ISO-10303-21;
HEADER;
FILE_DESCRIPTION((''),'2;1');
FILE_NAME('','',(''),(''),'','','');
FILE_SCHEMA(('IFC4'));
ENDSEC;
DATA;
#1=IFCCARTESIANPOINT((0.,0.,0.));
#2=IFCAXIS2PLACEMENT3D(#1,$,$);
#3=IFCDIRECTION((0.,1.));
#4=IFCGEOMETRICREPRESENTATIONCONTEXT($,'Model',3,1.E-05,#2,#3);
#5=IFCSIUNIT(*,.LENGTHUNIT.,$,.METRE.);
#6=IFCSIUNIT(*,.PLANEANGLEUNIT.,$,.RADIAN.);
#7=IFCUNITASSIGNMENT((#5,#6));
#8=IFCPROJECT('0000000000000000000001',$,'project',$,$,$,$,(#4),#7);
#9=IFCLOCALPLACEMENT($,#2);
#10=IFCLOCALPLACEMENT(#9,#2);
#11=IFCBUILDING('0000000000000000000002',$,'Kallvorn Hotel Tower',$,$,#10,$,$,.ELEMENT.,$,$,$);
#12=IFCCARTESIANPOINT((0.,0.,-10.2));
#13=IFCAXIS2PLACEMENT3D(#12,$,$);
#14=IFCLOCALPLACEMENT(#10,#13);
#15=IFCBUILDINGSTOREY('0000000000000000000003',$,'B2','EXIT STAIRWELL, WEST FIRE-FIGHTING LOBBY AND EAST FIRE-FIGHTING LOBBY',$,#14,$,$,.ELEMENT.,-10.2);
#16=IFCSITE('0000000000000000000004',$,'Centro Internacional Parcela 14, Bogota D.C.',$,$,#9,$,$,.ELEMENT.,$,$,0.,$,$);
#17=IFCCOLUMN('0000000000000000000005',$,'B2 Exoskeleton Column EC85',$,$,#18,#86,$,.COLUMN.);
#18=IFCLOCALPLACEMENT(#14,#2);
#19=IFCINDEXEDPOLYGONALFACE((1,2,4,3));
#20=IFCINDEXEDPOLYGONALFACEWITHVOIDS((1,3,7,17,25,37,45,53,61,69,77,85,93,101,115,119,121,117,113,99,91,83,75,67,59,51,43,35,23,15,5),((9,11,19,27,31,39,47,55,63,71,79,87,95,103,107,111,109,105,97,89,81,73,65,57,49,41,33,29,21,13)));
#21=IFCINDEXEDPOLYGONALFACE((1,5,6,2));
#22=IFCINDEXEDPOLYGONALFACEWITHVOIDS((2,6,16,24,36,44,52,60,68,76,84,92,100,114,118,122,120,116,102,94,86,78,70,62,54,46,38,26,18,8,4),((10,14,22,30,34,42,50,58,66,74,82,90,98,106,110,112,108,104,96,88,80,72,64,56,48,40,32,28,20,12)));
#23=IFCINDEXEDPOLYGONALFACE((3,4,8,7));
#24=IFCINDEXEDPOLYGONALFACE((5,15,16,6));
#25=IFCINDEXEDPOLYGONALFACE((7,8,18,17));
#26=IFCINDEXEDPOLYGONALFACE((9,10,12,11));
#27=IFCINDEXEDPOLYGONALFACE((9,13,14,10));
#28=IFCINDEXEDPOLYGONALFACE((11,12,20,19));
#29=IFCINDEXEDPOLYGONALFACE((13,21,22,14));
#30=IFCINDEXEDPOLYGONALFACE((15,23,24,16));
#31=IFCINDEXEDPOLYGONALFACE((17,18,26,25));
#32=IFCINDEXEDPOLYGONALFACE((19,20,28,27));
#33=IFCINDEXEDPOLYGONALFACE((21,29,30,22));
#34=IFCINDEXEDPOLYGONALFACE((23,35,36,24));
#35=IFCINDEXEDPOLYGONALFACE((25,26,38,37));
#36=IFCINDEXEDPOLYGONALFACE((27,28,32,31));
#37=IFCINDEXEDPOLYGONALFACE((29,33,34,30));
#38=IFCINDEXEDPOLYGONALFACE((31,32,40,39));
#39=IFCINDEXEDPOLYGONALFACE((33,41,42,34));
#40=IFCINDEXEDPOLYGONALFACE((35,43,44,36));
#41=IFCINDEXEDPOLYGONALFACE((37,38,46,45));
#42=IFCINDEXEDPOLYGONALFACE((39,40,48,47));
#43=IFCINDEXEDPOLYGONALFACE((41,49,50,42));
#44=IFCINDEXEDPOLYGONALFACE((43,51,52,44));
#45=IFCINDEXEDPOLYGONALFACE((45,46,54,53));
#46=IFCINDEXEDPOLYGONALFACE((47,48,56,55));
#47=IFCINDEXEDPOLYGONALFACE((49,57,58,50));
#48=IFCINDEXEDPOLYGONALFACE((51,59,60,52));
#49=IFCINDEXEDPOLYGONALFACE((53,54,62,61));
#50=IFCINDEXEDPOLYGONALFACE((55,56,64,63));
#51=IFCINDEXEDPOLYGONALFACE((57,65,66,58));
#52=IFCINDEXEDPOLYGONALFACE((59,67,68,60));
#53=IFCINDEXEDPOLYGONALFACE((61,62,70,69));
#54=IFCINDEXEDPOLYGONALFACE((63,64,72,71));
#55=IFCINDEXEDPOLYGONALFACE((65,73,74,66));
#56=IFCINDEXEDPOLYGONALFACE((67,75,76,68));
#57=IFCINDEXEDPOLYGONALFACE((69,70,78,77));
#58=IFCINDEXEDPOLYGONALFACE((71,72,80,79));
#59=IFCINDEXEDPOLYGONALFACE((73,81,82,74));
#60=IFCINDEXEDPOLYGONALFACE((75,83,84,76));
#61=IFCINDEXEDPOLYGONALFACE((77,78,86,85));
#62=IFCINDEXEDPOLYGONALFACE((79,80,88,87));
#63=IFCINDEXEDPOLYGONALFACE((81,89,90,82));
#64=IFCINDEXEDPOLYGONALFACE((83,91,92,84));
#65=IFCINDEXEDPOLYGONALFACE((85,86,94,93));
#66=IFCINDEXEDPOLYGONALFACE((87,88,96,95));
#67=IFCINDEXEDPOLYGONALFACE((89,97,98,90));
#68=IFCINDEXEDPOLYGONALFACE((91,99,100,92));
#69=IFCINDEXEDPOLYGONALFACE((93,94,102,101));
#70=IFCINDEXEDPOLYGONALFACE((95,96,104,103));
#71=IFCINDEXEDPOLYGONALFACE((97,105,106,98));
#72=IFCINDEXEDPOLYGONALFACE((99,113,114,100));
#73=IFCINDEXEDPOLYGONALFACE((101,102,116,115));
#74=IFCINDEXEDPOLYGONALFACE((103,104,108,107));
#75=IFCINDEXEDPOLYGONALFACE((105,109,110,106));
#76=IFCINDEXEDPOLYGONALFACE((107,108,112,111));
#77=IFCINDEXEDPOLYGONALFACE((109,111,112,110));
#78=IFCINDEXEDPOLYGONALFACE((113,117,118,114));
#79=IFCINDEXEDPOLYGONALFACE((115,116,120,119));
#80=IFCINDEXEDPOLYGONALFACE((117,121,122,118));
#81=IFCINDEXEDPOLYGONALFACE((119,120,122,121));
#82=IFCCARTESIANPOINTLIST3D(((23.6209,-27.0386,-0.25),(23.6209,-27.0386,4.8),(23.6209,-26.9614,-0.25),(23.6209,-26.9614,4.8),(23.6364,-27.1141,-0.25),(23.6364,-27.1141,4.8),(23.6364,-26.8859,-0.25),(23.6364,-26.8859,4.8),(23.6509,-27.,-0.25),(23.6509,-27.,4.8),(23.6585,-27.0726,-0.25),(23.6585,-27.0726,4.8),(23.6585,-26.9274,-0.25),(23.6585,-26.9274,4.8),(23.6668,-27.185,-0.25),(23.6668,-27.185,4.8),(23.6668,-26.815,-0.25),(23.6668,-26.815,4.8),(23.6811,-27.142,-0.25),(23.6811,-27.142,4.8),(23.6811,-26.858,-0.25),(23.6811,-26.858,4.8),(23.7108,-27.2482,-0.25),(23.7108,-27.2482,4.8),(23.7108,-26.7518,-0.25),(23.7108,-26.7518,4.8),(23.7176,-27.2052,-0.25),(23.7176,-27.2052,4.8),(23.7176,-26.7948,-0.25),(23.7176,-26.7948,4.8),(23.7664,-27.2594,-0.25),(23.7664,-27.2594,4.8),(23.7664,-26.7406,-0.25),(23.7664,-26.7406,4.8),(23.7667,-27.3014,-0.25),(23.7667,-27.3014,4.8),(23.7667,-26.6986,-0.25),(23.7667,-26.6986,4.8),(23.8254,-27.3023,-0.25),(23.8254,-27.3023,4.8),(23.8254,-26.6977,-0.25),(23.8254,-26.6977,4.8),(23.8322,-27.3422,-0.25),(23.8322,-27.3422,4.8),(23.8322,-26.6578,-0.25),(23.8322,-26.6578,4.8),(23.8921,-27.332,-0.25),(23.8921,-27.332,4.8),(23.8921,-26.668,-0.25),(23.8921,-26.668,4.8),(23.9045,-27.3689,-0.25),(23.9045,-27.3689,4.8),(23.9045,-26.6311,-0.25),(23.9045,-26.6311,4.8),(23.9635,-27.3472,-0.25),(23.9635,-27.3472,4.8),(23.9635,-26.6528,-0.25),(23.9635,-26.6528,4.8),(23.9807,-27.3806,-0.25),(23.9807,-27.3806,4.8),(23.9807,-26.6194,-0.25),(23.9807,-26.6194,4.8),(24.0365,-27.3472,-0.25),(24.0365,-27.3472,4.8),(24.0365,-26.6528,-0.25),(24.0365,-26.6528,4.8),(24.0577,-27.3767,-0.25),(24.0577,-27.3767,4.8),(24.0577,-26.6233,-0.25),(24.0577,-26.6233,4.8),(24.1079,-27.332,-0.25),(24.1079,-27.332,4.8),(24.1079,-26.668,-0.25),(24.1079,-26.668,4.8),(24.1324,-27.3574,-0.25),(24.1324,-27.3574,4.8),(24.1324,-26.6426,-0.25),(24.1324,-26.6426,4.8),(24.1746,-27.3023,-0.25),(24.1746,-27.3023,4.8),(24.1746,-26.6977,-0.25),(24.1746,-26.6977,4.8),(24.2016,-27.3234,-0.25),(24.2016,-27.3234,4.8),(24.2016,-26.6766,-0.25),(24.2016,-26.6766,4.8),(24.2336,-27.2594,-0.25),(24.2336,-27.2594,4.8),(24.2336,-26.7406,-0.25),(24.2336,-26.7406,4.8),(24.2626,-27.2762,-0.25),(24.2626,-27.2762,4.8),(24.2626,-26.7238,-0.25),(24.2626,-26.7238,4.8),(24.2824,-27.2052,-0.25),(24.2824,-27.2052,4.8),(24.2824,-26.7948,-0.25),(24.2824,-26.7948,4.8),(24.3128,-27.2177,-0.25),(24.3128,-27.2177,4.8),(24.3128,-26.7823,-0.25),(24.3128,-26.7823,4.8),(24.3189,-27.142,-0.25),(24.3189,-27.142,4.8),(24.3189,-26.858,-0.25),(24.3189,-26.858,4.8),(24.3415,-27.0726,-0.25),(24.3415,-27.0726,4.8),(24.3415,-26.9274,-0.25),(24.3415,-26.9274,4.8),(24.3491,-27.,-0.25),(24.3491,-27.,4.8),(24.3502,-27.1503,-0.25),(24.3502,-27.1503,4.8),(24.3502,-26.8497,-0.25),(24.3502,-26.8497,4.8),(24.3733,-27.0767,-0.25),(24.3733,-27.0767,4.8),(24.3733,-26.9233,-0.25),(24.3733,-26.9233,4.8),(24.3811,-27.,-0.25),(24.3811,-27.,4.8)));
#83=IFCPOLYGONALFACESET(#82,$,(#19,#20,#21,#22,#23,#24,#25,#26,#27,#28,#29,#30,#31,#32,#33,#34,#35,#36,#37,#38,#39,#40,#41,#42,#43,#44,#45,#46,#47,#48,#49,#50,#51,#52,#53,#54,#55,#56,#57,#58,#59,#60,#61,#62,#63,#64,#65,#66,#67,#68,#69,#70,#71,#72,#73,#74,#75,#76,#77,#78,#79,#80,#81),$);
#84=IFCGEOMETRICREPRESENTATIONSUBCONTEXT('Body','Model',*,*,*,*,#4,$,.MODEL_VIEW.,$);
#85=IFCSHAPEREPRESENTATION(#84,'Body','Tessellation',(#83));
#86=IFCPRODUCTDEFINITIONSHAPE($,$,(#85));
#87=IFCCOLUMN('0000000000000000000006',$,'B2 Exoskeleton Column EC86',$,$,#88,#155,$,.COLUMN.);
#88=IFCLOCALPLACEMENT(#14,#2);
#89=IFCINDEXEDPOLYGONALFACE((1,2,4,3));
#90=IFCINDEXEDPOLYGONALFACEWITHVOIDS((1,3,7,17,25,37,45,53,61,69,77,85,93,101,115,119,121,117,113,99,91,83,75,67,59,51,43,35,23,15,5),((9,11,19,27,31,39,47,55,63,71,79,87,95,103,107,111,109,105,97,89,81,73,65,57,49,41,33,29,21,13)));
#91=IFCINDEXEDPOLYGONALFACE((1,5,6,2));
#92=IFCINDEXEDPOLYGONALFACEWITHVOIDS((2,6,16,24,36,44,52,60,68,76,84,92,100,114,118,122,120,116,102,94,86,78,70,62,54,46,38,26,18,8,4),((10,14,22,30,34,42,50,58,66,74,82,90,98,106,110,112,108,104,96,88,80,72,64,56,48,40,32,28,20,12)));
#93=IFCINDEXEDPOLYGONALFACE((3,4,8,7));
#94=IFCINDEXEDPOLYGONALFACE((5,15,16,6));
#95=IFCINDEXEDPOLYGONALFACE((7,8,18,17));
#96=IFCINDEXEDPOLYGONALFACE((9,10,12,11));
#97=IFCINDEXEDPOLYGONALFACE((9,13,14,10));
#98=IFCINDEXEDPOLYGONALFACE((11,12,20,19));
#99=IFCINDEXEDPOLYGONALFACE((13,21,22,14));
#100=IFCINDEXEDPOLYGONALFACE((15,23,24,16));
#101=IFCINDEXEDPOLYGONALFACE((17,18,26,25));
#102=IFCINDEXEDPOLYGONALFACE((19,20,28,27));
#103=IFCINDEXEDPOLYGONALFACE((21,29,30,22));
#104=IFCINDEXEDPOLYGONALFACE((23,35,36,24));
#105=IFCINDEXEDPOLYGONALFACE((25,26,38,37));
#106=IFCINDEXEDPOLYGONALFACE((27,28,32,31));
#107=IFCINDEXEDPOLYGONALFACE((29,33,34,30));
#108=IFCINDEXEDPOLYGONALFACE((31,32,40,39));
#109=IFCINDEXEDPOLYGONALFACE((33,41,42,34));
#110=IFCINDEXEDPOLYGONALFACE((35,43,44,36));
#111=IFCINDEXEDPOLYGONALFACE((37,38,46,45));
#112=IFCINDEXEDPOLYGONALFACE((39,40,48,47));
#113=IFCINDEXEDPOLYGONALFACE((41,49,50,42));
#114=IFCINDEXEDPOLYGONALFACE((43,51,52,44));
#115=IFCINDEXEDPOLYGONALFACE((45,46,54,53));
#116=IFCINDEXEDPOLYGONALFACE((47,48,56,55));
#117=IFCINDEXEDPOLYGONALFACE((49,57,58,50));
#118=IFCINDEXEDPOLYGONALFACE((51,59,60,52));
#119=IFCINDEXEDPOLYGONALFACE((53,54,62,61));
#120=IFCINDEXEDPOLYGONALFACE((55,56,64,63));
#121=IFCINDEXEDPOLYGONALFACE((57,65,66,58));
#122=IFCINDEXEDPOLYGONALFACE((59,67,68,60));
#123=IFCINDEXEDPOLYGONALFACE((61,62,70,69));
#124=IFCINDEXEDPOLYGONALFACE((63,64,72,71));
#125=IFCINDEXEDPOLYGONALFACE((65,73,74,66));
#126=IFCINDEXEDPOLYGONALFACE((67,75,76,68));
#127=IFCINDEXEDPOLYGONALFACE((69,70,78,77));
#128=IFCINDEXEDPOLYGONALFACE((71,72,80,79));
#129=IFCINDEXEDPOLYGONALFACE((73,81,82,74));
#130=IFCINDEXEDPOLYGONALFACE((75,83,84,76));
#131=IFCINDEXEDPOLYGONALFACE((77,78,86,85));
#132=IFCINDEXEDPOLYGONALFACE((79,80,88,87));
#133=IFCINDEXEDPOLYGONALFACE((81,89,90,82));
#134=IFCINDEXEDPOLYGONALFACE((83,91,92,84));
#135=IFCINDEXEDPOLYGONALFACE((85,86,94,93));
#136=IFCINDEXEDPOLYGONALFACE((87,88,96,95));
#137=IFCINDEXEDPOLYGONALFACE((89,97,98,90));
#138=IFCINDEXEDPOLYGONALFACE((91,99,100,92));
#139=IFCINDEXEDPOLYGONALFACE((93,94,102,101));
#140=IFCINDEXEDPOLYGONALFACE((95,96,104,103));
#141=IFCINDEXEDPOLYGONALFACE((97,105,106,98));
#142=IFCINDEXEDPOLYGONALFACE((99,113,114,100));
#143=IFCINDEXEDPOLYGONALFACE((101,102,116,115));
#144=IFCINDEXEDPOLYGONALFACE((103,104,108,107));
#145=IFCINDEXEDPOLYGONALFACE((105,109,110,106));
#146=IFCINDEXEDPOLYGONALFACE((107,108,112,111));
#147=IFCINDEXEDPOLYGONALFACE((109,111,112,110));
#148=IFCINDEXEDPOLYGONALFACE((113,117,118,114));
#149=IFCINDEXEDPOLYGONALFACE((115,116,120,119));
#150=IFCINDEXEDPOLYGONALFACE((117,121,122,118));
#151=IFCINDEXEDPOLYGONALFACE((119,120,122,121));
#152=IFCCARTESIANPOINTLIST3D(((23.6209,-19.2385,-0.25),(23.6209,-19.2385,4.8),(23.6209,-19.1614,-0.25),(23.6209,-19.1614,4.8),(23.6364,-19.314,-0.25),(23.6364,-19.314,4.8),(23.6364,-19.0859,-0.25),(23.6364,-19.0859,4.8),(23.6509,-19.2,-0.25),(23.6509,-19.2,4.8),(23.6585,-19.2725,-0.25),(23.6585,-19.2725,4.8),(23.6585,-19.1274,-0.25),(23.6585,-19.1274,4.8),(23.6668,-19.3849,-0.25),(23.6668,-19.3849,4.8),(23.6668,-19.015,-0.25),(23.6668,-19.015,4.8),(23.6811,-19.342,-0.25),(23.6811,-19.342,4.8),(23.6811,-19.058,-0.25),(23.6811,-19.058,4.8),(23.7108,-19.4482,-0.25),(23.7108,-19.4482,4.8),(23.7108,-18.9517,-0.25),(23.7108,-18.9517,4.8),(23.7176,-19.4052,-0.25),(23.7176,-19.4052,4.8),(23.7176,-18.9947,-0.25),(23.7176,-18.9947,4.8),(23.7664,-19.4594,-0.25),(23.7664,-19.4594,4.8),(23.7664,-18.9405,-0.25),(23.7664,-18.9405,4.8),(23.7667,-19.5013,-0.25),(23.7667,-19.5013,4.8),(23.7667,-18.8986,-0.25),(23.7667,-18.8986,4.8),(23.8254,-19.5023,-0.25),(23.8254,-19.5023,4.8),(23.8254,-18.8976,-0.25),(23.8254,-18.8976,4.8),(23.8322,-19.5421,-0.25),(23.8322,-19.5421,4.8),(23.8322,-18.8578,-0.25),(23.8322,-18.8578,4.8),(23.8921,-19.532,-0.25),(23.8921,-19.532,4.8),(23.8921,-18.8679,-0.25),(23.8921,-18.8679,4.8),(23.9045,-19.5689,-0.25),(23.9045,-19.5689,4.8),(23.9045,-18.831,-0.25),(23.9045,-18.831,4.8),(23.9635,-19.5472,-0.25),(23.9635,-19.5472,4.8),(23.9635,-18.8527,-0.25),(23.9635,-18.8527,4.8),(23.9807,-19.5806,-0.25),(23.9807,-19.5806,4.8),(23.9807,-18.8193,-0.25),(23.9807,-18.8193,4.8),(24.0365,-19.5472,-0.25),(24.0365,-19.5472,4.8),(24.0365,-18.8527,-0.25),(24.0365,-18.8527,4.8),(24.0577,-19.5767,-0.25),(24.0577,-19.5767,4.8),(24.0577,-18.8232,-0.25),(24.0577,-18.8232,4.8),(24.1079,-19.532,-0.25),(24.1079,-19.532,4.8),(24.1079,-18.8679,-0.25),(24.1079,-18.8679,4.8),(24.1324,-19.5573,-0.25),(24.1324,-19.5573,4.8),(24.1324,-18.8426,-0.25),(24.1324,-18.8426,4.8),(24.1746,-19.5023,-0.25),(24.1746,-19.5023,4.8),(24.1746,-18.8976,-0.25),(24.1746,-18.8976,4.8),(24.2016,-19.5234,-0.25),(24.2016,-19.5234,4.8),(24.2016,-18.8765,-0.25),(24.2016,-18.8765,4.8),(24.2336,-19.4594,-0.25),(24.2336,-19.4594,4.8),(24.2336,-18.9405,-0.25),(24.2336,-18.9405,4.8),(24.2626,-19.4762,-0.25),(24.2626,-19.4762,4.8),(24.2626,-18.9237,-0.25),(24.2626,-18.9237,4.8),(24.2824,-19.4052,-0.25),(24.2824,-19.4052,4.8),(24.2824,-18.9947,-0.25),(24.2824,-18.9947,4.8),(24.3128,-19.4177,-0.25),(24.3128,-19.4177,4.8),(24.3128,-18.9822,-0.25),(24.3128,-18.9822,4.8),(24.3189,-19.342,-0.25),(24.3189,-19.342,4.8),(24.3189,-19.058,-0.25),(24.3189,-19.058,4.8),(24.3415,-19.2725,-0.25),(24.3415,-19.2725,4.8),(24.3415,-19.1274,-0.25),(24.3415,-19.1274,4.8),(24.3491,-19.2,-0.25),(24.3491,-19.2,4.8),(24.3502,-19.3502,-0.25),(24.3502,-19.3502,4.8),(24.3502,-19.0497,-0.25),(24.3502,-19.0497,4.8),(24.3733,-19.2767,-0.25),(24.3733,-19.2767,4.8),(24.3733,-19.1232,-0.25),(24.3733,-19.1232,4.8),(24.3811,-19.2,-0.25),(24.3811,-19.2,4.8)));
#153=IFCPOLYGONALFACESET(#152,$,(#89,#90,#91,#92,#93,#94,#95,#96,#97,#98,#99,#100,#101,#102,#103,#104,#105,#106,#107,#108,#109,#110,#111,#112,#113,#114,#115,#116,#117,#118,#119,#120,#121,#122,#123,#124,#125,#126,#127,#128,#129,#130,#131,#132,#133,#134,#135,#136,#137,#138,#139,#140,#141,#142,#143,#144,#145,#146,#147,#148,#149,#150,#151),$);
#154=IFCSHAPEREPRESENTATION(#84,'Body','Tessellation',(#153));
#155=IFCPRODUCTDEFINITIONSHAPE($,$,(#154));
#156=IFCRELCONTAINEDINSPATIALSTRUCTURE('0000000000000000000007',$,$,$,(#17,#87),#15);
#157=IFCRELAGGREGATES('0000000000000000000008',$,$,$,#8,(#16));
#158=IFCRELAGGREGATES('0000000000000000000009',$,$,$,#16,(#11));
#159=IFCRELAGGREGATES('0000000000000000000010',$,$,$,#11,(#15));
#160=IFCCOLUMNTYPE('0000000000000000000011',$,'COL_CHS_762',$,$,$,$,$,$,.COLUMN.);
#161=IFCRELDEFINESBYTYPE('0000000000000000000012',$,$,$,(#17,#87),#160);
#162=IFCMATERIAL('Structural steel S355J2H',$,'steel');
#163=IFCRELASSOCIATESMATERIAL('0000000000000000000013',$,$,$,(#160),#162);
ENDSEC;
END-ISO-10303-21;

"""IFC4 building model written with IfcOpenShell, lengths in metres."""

from ifc_helpers import new_model, si_unit, direction, frame, origin, origin_2d, place, context, subcontext, project, spatial, hollow_circle, extrude, material, material_profile, profile_set, type_object, element, save


model = new_model("IFC4")

# Units and contexts
model_context = context("Model", 3, precision=1e-05, world=origin(), true_north=direction((0.0, 1.0)))
body_context = subcontext(model_context, "Body", "Model", "MODEL_VIEW")
ifc_project = project(units=[si_unit("LENGTHUNIT", "METRE"), si_unit("PLANEANGLEUNIT", "RADIAN")], contexts=[model_context])

# Site, building, storey
site_placement = place(None, origin())
site = spatial("IfcSite", under=ifc_project, at=site_placement, Name="Centro Internacional Parcela 14, Bogota D.C.", CompositionType="ELEMENT", RefElevation=0.0)
building_placement = place(site_placement, origin())
building = spatial("IfcBuilding", under=site, at=building_placement, Name="Kallvorn Hotel Tower", CompositionType="ELEMENT")
storey_placement = place(building_placement, frame((0.0, 0.0, -10.2)))
storey = spatial("IfcBuildingStorey", under=building, at=storey_placement, Name="B2", Description="EXIT STAIRWELL, WEST FIRE-FIGHTING LOBBY AND EAST FIRE-FIGHTING LOBBY", CompositionType="ELEMENT", Elevation=-10.2)

# Columns
ifc_material_1 = material(Name="Structural steel S355J2H", Category="steel")
ifc_material_profile_1 = material_profile(ifc_material_1, hollow_circle(Radius=0.3811, WallThickness=0.032, at=origin_2d()), Name="CHS 762x32")
ifc_profile_set_1 = profile_set([ifc_material_profile_1], Name="Structural steel S355J2H")
column_type_1 = type_object("IfcColumnType", Name="COL_CHS_762", PredefinedType="COLUMN", material=ifc_profile_set_1)
for number, where, z_axis, x_axis, name in (
    (1, (24.0, -27.0, -0.25), (0.0, 0.0, 1.0), (1.0, 0.0, 0.0), "B2 Exoskeleton Column EC85"),
    (2, (24.0, -19.2, -0.25), (0.0, 0.0, 1.0), (1.0, 0.0, 0.0), "B2 Exoskeleton Column EC86"),
):
    element("IfcColumn", number, at=place(storey_placement, frame(where, z_axis=z_axis, x_axis=x_axis)), inside=storey, type_object=column_type_1, Name=name, PredefinedType="COLUMN", context=body_context, shape_type="SweptSolid", body=[
        extrude(hollow_circle(Radius=0.3811, WallThickness=0.032, at=origin_2d()), origin(), (0.0, 0.0, 1.0), 5.05),
    ])

save(model, "model.ifc")
